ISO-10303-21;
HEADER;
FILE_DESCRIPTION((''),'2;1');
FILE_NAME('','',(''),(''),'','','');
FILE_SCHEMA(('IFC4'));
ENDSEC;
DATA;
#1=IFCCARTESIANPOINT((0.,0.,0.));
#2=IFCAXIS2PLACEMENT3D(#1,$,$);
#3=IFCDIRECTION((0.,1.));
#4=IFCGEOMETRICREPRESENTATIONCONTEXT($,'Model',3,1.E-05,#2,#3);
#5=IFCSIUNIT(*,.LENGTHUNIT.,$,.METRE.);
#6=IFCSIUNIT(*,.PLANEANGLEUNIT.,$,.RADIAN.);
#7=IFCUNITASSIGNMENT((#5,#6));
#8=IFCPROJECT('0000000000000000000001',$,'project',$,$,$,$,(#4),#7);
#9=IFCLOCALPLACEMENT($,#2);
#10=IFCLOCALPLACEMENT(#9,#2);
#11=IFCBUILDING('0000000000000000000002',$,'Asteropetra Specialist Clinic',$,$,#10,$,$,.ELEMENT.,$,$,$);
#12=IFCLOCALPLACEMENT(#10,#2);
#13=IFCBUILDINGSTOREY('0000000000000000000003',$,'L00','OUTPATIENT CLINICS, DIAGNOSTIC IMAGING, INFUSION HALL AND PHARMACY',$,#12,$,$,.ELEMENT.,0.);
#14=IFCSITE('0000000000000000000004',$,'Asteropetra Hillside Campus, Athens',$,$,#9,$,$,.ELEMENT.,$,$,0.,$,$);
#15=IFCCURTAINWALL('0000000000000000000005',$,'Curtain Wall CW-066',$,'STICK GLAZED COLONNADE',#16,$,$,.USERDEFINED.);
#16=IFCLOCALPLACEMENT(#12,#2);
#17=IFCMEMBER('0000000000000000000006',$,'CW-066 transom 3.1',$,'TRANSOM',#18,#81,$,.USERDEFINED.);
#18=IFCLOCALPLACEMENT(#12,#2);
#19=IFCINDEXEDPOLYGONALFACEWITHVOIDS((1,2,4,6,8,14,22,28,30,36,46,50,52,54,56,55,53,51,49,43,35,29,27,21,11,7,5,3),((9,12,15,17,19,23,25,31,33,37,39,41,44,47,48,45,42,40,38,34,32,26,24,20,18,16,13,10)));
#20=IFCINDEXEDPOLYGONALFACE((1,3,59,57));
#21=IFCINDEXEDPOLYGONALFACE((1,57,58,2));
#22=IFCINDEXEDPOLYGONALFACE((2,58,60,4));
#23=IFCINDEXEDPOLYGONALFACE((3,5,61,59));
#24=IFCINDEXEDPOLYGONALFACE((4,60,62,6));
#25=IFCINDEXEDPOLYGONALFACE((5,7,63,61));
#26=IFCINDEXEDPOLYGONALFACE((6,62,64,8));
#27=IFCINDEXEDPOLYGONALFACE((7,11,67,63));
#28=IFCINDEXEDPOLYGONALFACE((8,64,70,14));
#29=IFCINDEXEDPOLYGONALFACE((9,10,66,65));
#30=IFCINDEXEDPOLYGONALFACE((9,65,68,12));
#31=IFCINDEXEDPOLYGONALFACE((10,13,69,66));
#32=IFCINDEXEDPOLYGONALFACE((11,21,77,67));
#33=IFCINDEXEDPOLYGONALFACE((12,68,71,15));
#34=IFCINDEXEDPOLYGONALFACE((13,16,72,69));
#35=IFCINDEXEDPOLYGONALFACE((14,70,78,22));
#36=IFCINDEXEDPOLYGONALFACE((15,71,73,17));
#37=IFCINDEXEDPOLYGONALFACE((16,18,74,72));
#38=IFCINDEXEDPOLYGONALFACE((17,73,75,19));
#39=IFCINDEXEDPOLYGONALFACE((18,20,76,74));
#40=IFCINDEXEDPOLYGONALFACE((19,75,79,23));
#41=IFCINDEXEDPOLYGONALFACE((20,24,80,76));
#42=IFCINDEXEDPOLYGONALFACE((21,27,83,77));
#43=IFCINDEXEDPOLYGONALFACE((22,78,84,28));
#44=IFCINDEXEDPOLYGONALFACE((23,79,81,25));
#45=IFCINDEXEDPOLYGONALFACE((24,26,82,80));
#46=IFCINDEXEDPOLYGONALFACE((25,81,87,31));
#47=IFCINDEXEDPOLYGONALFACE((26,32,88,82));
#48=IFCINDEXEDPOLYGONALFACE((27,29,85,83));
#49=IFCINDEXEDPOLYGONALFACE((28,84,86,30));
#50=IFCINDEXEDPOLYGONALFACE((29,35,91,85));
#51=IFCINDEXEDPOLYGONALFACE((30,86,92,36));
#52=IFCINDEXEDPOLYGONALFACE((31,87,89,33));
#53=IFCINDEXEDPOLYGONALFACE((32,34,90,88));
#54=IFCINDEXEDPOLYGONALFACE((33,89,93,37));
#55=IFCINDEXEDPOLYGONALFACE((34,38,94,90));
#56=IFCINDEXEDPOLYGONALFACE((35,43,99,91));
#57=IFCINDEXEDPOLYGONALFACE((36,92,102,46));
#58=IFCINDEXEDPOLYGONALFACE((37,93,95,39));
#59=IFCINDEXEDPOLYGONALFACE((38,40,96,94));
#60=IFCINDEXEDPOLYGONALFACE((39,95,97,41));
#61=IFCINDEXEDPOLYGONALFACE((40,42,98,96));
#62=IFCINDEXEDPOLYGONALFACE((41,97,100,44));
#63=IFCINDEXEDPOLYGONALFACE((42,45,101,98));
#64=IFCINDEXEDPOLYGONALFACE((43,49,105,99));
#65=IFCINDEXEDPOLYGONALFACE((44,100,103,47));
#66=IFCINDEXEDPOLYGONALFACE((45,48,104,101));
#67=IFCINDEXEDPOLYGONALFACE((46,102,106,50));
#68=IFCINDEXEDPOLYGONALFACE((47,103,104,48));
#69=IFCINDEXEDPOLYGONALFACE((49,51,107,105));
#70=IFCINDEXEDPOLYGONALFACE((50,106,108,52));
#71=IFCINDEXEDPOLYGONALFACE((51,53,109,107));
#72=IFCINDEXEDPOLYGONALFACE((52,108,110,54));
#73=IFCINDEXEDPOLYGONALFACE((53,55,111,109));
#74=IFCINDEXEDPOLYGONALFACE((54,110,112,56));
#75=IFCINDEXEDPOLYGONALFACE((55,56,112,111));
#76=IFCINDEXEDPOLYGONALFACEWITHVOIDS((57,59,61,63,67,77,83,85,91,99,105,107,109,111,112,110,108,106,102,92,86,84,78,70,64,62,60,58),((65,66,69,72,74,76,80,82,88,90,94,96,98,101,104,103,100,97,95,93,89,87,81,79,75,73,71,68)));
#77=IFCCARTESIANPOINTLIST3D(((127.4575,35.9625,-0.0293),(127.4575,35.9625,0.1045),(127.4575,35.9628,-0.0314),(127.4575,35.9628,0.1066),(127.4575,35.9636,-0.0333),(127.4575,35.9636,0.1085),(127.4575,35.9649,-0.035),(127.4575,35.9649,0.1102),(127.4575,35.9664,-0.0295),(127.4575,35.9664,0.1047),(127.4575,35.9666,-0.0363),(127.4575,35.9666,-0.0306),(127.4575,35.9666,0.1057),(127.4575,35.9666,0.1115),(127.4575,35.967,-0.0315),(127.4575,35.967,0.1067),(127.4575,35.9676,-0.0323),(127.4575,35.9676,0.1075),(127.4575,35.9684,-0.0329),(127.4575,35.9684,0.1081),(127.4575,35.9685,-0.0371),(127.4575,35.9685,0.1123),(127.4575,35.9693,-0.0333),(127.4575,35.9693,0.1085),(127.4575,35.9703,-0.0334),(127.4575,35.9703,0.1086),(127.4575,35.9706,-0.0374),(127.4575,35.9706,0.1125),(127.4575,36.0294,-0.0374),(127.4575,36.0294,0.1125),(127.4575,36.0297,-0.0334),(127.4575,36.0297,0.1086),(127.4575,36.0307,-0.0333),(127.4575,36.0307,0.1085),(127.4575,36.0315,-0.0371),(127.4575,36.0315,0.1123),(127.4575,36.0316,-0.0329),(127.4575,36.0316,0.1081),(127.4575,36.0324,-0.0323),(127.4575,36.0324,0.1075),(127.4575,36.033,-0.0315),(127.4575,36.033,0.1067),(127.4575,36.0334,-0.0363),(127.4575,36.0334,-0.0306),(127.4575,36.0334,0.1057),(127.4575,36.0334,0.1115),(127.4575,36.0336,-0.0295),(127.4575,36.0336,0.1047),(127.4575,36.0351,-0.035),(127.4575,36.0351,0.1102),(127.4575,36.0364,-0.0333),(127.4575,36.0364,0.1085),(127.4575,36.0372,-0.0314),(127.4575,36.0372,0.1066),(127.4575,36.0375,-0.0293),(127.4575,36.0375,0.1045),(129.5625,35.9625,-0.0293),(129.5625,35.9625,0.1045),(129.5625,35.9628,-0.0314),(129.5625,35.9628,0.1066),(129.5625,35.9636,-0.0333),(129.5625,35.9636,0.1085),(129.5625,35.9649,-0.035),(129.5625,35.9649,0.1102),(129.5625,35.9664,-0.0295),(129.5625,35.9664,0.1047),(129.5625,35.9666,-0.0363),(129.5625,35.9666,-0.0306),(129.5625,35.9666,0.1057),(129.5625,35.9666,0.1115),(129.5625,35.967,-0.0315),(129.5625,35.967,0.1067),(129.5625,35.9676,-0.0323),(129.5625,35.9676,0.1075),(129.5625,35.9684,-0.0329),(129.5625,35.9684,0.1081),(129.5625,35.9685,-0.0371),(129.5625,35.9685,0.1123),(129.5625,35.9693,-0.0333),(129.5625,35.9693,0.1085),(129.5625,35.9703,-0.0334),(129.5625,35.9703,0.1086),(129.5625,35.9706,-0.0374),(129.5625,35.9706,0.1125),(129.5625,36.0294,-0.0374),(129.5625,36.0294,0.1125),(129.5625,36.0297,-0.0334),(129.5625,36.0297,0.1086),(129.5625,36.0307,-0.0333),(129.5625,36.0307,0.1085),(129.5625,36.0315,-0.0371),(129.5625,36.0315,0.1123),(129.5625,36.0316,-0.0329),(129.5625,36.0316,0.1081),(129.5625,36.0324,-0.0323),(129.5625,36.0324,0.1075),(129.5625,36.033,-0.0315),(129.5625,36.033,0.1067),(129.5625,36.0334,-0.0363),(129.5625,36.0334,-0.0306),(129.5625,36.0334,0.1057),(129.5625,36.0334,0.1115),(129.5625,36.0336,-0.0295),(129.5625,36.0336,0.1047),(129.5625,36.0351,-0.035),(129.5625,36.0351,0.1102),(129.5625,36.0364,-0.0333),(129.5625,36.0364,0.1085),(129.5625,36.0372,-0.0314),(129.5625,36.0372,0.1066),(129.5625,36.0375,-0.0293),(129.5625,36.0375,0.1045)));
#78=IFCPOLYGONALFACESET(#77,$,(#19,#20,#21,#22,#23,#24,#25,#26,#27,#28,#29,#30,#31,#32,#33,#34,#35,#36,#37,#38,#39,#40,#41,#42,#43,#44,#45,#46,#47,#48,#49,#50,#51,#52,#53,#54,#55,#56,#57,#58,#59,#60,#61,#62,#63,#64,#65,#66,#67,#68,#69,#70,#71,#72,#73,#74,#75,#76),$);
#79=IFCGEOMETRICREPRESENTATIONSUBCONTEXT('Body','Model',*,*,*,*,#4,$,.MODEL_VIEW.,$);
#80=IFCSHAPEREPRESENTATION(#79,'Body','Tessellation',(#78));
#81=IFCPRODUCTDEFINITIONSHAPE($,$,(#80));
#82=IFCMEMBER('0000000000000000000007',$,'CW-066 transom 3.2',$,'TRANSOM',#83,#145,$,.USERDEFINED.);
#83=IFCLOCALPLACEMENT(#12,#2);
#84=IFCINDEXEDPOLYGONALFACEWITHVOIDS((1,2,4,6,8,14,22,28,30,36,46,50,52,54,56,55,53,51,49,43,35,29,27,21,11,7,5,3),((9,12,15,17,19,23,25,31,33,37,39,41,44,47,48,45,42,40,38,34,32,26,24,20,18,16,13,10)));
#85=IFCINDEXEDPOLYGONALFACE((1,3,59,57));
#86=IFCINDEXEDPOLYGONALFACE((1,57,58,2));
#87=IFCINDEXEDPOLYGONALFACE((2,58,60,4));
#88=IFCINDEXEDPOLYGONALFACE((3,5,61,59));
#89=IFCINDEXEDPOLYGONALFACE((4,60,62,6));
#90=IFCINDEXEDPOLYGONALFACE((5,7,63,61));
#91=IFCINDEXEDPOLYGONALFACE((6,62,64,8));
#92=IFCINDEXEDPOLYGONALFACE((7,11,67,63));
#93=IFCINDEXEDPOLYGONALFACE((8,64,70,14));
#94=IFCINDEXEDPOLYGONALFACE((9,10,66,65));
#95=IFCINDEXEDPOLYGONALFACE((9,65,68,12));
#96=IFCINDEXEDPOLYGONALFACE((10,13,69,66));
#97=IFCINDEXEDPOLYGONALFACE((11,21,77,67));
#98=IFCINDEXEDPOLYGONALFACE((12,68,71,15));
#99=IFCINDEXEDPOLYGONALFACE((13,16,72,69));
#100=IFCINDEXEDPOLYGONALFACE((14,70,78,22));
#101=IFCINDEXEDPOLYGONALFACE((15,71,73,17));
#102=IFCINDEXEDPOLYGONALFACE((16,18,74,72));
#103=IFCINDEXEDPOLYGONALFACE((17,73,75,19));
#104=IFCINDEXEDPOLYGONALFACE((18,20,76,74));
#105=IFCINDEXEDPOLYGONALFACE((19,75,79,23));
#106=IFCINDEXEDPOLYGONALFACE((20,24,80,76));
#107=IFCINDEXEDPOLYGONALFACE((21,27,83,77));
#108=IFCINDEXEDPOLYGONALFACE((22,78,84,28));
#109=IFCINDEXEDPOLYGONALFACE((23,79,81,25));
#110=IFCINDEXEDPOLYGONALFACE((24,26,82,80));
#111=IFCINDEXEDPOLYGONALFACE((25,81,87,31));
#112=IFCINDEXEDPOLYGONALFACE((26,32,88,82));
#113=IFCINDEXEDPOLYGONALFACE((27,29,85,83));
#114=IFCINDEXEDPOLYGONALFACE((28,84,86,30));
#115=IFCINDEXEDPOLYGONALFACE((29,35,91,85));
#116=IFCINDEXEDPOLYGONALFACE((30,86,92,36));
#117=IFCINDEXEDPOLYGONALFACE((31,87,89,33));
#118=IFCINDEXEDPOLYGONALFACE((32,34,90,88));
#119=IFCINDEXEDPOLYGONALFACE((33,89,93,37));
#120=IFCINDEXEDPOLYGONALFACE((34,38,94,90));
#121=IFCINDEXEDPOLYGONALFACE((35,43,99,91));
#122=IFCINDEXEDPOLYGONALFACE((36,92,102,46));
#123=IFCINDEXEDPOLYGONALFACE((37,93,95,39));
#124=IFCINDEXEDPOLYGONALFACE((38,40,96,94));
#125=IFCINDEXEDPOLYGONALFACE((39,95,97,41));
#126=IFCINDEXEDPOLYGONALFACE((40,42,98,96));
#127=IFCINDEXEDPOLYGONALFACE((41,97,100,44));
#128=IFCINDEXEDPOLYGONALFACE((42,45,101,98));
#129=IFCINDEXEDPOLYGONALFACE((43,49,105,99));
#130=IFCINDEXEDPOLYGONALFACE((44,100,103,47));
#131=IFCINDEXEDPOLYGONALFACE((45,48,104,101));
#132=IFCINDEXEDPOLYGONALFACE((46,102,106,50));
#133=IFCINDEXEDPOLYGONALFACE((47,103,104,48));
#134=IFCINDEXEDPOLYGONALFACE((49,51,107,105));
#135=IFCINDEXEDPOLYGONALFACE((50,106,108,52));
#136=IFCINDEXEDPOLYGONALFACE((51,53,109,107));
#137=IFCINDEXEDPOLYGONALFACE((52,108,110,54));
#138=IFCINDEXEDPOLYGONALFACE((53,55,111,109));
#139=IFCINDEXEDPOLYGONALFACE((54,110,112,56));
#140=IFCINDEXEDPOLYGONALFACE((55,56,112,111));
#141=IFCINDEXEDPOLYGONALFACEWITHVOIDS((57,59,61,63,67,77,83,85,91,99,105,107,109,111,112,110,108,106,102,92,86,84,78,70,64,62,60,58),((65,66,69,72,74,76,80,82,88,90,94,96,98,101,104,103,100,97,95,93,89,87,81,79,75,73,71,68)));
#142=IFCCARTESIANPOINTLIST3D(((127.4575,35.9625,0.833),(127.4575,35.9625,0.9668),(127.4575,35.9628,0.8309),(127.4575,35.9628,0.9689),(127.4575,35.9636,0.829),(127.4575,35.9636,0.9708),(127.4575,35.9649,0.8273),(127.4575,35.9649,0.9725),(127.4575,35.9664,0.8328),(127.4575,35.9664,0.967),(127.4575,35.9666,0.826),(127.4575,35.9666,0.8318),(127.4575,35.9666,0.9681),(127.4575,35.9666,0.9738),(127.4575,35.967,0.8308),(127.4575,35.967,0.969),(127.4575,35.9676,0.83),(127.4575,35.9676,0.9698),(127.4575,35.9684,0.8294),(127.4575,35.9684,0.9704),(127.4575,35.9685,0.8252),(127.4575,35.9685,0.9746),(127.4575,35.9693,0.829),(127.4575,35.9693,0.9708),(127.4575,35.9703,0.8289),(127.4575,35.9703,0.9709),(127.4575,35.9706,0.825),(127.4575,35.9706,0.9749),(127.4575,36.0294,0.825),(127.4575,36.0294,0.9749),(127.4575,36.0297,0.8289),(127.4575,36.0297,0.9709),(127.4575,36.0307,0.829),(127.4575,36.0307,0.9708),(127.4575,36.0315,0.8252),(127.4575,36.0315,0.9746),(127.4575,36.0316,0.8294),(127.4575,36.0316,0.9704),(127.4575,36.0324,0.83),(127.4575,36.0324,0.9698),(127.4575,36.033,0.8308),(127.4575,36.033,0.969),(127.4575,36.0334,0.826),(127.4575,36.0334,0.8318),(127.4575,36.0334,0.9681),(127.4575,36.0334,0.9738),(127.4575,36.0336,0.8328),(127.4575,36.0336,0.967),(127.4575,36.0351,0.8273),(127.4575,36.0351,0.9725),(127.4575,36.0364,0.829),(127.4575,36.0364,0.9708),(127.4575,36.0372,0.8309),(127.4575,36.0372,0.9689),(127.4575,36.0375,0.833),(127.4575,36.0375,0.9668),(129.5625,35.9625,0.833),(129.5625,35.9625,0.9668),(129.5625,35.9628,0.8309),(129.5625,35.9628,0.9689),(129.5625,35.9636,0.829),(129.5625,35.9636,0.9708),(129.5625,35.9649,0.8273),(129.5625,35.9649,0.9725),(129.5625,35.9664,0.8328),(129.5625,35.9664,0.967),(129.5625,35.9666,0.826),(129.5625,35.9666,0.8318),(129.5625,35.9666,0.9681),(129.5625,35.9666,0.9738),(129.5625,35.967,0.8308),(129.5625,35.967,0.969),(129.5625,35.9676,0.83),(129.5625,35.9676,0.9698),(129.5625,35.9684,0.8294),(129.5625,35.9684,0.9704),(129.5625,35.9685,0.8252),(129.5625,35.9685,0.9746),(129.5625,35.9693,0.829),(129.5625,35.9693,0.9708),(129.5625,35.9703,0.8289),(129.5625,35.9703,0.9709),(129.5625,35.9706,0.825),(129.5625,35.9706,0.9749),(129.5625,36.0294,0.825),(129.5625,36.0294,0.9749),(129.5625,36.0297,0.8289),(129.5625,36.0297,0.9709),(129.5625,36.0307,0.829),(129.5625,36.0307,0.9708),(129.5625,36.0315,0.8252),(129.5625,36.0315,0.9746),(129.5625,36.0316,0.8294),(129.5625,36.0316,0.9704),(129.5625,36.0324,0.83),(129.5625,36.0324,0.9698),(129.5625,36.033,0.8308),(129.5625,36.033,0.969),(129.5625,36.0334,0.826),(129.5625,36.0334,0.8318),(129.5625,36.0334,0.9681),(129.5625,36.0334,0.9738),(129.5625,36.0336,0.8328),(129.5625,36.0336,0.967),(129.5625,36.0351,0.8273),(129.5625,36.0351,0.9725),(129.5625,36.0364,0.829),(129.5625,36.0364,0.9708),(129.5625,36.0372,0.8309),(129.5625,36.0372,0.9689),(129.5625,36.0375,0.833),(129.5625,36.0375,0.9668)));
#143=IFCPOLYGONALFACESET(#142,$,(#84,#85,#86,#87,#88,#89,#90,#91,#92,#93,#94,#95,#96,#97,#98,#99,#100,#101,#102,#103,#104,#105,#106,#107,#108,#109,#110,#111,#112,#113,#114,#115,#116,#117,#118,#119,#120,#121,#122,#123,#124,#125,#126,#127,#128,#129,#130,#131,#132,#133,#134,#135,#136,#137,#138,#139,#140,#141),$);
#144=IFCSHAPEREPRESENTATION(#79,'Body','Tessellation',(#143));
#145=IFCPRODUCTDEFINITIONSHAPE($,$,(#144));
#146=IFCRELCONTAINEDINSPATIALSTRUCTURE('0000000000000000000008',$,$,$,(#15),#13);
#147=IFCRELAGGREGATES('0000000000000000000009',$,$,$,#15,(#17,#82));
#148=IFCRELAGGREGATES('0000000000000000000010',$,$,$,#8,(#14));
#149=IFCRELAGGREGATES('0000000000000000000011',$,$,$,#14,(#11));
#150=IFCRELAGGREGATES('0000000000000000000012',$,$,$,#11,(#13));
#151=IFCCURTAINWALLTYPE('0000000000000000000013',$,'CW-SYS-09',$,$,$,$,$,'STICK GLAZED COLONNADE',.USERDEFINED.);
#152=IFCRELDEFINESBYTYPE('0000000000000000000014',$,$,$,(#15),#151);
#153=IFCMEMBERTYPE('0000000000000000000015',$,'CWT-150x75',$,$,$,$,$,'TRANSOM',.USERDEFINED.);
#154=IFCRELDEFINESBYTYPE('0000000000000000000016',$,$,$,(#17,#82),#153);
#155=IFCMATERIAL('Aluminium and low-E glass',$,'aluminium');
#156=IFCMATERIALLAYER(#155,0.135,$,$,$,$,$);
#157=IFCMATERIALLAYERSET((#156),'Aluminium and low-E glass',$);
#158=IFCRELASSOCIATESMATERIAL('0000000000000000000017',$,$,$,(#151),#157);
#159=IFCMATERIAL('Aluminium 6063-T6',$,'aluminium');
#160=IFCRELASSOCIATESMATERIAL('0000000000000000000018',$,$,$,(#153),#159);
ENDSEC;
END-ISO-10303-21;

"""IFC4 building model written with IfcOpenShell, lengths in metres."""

from ifc_helpers import new_model, si_unit, direction, frame, origin, origin_2d, place, context, subcontext, project, spatial, hollow_rectangle, extrude, material, layer, layer_set, material_profile, profile_set, type_object, element, aggregate, save


model = new_model("IFC4")

# Units and contexts
model_context = context("Model", 3, precision=1e-05, world=origin(), true_north=direction((0.0, 1.0)))
body_context = subcontext(model_context, "Body", "Model", "MODEL_VIEW")
ifc_project = project(units=[si_unit("LENGTHUNIT", "METRE"), si_unit("PLANEANGLEUNIT", "RADIAN")], contexts=[model_context])

# Site, building, storey
site_placement = place(None, origin())
site = spatial("IfcSite", under=ifc_project, at=site_placement, Name="Asteropetra Hillside Campus, Athens", CompositionType="ELEMENT", RefElevation=0.0)
building_placement = place(site_placement, origin())
building = spatial("IfcBuilding", under=site, at=building_placement, Name="Asteropetra Specialist Clinic", CompositionType="ELEMENT")
storey_placement = place(building_placement, origin())
storey = spatial("IfcBuildingStorey", under=building, at=storey_placement, Name="L00", Description="OUTPATIENT CLINICS, DIAGNOSTIC IMAGING, INFUSION HALL AND PHARMACY", CompositionType="ELEMENT", Elevation=0.0)

# Curtain wall, members
ifc_material_1 = material(Name="Aluminium and low-E glass", Category="aluminium")
ifc_layer_1 = layer(ifc_material_1, 0.135)
ifc_layer_set_1 = layer_set([ifc_layer_1], Name="Aluminium and low-E glass")
curtain_wall_type = type_object("IfcCurtainWallType", Name="CW-SYS-09", ElementType="STICK GLAZED COLONNADE", PredefinedType="USERDEFINED", material=ifc_layer_set_1)
curtain_wall_placement = place(storey_placement, origin())
curtain_wall = element("IfcCurtainWall", 1, at=curtain_wall_placement, inside=storey, type_object=curtain_wall_type, Name="Curtain Wall CW-066", ObjectType="STICK GLAZED COLONNADE", PredefinedType="USERDEFINED")
ifc_material_2 = material(Name="Aluminium 6063-T6", Category="aluminium")
ifc_material_profile_1 = material_profile(ifc_material_2, hollow_rectangle(XDim=0.075, YDim=0.1499, WallThickness=0.0039, InnerFilletRadius=0.0039, OuterFilletRadius=0.0081, at=origin_2d()), Name="TRN 150x75x4.0")
ifc_profile_set_1 = profile_set([ifc_material_profile_1], Name="Aluminium 6063-T6")
member_type_1 = type_object("IfcMemberType", Name="CWT-150x75", ElementType="TRANSOM", PredefinedType="USERDEFINED", material=ifc_profile_set_1)
member_1_placement = place(storey_placement, frame((129.5625, 36.0, 0.0376), z_axis=(-1.0, 0.0, 0.0), x_axis=(0.0, -1.0, 0.0)))
member_1 = element("IfcMember", 2, at=member_1_placement, type_object=member_type_1, Name="CW-066 transom 3.1", ObjectType="TRANSOM", PredefinedType="USERDEFINED", context=body_context, shape_type="SweptSolid", body=[
    extrude(hollow_rectangle(XDim=0.075, YDim=0.1499, WallThickness=0.0039, InnerFilletRadius=0.0039, OuterFilletRadius=0.0081, at=origin_2d()), origin(), (0.0, 0.0, 1.0), 2.105),
])
member_2_placement = place(storey_placement, frame((129.5625, 36.0, 0.8999), z_axis=(-1.0, 0.0, 0.0), x_axis=(0.0, -1.0, 0.0)))
member_2 = element("IfcMember", 3, at=member_2_placement, type_object=member_type_1, Name="CW-066 transom 3.2", ObjectType="TRANSOM", PredefinedType="USERDEFINED", context=body_context, shape_type="SweptSolid", body=[
    extrude(hollow_rectangle(XDim=0.075, YDim=0.1499, WallThickness=0.0039, InnerFilletRadius=0.0039, OuterFilletRadius=0.0081, at=origin_2d()), origin(), (0.0, 0.0, 1.0), 2.105),
])
aggregate(curtain_wall, [member_1, member_2])

save(model, "model.ifc")
